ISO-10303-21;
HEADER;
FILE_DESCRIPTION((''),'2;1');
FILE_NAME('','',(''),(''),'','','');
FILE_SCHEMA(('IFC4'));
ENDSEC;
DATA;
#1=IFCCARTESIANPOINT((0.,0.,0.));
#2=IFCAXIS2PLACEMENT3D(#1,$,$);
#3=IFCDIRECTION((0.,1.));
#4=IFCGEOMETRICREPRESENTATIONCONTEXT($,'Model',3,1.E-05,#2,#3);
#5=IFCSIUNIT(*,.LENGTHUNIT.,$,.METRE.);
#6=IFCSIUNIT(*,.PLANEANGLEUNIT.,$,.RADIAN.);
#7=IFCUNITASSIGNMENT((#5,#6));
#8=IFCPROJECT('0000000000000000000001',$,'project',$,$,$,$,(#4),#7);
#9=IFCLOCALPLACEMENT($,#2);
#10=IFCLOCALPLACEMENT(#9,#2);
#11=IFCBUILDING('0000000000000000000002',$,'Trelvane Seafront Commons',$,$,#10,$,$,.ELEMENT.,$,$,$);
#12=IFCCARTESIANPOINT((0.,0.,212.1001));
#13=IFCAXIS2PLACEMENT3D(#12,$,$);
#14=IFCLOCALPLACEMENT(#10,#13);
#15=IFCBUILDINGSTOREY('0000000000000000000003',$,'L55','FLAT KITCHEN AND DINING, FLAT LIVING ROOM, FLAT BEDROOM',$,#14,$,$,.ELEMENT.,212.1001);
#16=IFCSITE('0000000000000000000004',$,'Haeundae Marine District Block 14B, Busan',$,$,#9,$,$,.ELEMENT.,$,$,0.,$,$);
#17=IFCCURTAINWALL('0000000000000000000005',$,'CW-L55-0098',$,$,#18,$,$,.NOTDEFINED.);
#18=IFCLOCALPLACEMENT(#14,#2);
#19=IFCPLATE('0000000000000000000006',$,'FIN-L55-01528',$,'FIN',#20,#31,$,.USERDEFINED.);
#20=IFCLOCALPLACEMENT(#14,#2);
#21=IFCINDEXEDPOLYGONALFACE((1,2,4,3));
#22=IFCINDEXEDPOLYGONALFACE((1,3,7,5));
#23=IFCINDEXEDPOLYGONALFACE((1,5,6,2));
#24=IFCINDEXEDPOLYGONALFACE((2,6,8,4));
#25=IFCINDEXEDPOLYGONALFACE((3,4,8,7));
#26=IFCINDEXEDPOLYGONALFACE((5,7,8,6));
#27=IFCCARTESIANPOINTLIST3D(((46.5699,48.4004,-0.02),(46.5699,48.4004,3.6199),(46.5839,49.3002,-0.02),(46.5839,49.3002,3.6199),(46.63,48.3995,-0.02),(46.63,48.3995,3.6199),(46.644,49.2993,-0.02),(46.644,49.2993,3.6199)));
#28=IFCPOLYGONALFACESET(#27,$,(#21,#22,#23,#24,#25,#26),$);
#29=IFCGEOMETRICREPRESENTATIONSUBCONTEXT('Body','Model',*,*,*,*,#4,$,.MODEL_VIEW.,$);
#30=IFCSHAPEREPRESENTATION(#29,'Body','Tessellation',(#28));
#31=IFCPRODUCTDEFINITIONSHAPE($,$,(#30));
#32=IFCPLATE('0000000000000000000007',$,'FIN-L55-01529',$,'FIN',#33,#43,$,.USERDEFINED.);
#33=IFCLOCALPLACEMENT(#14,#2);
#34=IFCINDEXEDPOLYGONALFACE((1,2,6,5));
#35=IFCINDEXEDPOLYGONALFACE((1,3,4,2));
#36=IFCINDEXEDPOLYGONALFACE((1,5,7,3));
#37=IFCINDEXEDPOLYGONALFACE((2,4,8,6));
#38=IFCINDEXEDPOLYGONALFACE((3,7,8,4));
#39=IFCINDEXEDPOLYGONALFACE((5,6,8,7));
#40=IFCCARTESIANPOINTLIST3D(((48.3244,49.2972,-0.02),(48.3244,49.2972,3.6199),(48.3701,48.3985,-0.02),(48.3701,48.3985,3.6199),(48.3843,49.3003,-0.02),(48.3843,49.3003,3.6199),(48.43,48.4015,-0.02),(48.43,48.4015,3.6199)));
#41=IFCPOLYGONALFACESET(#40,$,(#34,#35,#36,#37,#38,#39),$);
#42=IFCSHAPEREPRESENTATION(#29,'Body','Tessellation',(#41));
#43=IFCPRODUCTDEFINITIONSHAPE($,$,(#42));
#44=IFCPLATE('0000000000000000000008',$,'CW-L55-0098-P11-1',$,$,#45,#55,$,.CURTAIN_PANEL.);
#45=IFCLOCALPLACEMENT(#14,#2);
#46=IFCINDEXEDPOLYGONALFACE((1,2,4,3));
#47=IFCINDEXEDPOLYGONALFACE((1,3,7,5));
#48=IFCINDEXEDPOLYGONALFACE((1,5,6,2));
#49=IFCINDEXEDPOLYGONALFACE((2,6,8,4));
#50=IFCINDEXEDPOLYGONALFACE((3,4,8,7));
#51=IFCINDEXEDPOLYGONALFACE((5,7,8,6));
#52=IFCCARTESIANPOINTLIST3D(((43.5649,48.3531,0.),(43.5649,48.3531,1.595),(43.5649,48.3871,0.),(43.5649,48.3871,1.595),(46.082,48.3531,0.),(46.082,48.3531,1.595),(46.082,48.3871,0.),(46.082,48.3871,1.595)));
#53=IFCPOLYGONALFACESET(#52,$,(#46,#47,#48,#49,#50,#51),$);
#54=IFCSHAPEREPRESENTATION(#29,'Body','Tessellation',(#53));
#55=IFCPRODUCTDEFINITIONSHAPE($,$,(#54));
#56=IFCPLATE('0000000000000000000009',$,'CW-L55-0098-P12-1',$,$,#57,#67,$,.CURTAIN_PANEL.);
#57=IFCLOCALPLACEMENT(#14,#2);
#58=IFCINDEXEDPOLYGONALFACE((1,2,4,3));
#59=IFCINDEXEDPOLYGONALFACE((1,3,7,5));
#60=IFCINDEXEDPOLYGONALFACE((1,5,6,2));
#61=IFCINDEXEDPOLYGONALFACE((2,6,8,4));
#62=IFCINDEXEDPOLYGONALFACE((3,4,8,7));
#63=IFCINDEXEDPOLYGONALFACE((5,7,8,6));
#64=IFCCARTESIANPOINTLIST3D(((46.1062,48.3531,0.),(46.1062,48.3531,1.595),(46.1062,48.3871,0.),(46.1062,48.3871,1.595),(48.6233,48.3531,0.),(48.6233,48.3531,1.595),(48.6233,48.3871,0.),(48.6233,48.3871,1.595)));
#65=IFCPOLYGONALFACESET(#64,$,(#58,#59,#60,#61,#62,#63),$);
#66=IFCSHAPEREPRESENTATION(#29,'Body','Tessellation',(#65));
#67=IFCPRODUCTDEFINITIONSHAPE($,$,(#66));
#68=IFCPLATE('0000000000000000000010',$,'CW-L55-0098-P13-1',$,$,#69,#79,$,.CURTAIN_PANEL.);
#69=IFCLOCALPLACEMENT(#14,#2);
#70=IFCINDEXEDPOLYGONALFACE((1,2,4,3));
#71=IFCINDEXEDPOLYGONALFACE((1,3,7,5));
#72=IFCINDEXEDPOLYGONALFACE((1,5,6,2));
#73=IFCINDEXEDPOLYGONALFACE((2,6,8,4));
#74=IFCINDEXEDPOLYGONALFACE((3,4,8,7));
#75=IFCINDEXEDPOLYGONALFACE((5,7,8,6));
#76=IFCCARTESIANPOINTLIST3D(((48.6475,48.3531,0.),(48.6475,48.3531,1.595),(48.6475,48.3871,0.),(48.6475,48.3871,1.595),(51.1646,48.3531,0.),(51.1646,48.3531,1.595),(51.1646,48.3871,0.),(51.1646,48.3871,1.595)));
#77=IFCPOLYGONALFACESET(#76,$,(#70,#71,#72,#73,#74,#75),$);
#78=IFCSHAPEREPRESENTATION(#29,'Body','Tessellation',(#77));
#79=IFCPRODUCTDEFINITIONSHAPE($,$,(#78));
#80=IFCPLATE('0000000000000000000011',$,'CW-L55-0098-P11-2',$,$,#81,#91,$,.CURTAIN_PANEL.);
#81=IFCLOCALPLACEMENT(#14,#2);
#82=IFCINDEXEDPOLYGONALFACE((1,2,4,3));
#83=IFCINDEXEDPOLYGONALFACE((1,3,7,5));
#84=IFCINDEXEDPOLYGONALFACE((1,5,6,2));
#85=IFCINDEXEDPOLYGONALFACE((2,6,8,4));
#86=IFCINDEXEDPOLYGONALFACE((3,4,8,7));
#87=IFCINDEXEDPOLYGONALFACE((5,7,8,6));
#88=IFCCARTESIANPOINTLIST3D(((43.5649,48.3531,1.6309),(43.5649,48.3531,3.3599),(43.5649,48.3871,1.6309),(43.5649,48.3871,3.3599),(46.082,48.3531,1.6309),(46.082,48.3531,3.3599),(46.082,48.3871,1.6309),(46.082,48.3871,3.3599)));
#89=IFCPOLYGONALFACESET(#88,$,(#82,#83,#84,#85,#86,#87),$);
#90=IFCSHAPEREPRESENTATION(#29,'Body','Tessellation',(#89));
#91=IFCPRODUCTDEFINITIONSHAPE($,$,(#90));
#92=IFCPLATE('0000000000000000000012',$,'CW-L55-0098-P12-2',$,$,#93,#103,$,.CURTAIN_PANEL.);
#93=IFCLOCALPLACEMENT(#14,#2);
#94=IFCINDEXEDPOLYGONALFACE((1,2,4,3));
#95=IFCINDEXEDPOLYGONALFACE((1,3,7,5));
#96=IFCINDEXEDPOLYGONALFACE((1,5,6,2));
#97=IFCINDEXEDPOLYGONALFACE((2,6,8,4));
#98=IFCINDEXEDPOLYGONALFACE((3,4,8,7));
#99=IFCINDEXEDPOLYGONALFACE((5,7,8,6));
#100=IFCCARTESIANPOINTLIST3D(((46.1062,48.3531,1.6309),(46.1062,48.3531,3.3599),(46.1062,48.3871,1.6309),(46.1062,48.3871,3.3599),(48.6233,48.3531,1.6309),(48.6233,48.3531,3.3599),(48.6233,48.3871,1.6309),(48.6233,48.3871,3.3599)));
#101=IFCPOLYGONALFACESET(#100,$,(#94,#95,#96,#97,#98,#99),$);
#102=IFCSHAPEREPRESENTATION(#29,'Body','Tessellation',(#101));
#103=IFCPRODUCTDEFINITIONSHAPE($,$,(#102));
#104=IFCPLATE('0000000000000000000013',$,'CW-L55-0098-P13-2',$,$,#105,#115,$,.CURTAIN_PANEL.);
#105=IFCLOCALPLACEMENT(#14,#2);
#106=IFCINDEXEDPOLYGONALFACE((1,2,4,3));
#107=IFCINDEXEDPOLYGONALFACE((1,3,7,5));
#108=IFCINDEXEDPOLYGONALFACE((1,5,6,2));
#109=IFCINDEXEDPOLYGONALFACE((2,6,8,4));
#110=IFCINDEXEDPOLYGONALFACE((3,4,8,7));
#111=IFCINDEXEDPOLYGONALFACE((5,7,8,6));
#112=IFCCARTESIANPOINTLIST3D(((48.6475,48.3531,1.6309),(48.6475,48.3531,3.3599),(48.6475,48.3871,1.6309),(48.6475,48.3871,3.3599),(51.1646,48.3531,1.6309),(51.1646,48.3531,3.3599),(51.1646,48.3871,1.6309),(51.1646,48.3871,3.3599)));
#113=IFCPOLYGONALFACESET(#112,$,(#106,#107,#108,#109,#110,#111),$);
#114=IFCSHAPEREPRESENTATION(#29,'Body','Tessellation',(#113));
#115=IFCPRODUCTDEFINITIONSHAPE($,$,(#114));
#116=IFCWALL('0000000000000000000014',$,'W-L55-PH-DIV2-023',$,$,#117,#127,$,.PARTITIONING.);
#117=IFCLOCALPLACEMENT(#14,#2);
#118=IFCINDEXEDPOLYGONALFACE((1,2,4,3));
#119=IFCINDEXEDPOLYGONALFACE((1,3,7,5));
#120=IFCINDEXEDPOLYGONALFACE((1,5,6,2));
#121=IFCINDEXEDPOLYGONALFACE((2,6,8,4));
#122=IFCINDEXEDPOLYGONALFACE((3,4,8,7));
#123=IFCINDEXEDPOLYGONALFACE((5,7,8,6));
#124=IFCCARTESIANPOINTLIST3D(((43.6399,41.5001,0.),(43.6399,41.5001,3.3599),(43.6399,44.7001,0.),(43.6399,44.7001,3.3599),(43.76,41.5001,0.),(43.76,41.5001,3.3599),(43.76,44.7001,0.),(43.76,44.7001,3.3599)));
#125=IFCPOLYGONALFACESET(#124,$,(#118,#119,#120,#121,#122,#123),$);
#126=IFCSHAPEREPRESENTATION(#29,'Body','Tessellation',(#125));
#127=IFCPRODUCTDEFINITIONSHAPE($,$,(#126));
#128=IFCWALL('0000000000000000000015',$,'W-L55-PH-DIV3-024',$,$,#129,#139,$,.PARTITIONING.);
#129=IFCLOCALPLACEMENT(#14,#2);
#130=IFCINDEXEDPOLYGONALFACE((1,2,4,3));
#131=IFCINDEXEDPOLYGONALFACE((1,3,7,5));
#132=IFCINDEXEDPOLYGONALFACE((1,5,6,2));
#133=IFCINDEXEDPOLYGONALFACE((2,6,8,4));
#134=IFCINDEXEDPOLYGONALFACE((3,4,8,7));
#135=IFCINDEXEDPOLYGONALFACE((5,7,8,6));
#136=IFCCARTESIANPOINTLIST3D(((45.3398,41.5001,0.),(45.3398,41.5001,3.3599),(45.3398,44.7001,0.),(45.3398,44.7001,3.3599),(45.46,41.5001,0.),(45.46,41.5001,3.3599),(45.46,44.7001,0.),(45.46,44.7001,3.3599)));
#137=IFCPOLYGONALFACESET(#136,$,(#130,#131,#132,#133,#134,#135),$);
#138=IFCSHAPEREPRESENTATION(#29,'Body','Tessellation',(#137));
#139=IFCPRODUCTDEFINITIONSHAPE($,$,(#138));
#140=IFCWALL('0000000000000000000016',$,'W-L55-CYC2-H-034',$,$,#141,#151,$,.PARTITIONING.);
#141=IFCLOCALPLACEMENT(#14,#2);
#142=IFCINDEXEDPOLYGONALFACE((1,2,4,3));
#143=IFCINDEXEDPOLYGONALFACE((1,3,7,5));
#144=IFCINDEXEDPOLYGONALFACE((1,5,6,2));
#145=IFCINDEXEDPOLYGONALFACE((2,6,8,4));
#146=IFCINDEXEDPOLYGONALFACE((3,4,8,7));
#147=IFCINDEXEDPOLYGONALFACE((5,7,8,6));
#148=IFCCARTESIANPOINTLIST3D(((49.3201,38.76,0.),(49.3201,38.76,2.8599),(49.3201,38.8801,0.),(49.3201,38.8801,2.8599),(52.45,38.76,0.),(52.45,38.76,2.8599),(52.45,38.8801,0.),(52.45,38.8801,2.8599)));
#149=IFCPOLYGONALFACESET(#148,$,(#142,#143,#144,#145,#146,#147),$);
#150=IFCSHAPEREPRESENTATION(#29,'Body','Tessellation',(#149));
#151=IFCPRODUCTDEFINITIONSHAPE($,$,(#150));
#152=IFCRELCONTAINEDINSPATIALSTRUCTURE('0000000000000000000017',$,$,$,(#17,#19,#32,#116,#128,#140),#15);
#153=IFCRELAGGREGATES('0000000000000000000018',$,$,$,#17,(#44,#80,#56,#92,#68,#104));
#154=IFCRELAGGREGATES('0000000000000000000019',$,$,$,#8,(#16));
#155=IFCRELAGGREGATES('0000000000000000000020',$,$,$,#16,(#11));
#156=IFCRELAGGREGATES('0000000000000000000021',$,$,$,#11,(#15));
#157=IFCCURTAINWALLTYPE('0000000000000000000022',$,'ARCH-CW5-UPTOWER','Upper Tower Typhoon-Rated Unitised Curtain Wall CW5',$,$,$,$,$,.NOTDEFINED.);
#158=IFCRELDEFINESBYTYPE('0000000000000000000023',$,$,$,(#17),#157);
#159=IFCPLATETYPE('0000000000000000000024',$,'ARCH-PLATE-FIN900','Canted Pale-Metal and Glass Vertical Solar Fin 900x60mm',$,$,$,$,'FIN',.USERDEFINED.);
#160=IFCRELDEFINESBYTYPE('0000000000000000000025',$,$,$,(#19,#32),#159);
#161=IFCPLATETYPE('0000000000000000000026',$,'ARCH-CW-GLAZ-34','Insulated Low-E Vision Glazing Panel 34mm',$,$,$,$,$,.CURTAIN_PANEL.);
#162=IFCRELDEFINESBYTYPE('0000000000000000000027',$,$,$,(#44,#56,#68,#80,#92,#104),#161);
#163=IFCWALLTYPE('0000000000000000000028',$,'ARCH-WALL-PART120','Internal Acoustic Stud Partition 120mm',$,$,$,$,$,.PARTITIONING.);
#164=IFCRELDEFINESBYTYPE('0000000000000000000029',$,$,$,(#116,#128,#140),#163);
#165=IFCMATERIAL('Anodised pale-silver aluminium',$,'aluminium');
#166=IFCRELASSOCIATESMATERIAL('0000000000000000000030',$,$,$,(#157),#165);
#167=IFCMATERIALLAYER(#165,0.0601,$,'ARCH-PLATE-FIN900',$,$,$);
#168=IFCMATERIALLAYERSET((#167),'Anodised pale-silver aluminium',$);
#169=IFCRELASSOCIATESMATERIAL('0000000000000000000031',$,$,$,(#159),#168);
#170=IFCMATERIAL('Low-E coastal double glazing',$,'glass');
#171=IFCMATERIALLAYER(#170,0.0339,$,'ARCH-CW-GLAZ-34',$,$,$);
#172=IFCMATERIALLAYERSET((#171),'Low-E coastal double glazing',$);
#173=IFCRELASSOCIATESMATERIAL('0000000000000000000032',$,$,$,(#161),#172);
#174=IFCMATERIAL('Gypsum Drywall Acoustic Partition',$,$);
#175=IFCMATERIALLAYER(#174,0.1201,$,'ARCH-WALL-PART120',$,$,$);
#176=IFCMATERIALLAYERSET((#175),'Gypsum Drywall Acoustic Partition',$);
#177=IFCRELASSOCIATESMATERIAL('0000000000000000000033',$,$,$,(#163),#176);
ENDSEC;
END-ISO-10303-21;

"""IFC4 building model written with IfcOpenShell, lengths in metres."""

from ifc_helpers import new_model, si_unit, direction, frame, frame_2d, origin, origin_2d, place, context, subcontext, project, spatial, rectangle, extrude, source, transform, mapped, material, layer, layer_set, type_object, element, aggregate, save


model = new_model("IFC4")

# Units and contexts
model_context = context("Model", 3, precision=1e-05, world=origin(), true_north=direction((0.0, 1.0)))
body_context = subcontext(model_context, "Body", "Model", "MODEL_VIEW")
ifc_project = project(units=[si_unit("LENGTHUNIT", "METRE"), si_unit("PLANEANGLEUNIT", "RADIAN")], contexts=[model_context])

# Site, building, storey
site_placement = place(None, origin())
site = spatial("IfcSite", under=ifc_project, at=site_placement, Name="Haeundae Marine District Block 14B, Busan", CompositionType="ELEMENT", RefElevation=0.0)
building_placement = place(site_placement, origin())
building = spatial("IfcBuilding", under=site, at=building_placement, Name="Trelvane Seafront Commons", CompositionType="ELEMENT")
storey_placement = place(building_placement, frame((0.0, 0.0, 212.1001)))
storey = spatial("IfcBuildingStorey", under=building, at=storey_placement, Name="L55", Description="FLAT KITCHEN AND DINING, FLAT LIVING ROOM, FLAT BEDROOM", CompositionType="ELEMENT", Elevation=212.1001)

# Curtain wall
ifc_material_1 = material(Name="Anodised pale-silver aluminium", Category="aluminium")
curtain_wall_type = type_object("IfcCurtainWallType", Name="ARCH-CW5-UPTOWER", Description="Upper Tower Typhoon-Rated Unitised Curtain Wall CW5", PredefinedType="NOTDEFINED", material=ifc_material_1)
curtain_wall_placement = place(storey_placement, origin())
curtain_wall = element("IfcCurtainWall", 1, at=curtain_wall_placement, inside=storey, type_object=curtain_wall_type, Name="CW-L55-0098", PredefinedType="NOTDEFINED")

# Plates
ifc_layer_1 = layer(ifc_material_1, 0.0601, Name="ARCH-PLATE-FIN900")
ifc_layer_set_1 = layer_set([ifc_layer_1], Name="Anodised pale-silver aluminium")
plate_type_1 = type_object("IfcPlateType", Name="ARCH-PLATE-FIN900", Description="Canted Pale-Metal and Glass Vertical Solar Fin 900x60mm", ElementType="FIN", PredefinedType="USERDEFINED", material=ifc_layer_set_1)
shared_shape_1 = source(origin(), body_context, "Body", "SweptSolid", [
    extrude(rectangle(XDim=0.8999, YDim=0.0601, at=origin_2d()), origin(), (0.0, 0.0, 1.0), 3.6399),
])
for number, where, z_axis, x_axis, name in (
    (2, (46.6069, 48.8499, -0.02), (0.0, 0.0, 1.0), (0.015555, 0.999879, 0.0), "FIN-L55-01528"),
    (3, (48.3772, 48.8494, -0.02), (0.0, 0.0, 1.0), (-0.050779, 0.99871, 0.0), "FIN-L55-01529"),
):
    element("IfcPlate", number, at=place(storey_placement, frame(where, z_axis=z_axis, x_axis=x_axis)), inside=storey, type_object=plate_type_1, Name=name, ObjectType="FIN", PredefinedType="USERDEFINED", context=body_context, shape_type="MappedRepresentation", body=[
        mapped(shared_shape_1, transform((0.0, 0.0, 0.0), x_axis=(1.0, 0.0, 0.0), y_axis=(0.0, 1.0, 0.0), z_axis=(0.0, 0.0, 1.0), scale=1.0)),
    ])

# Plates
ifc_material_2 = material(Name="Low-E coastal double glazing", Category="glass")
ifc_layer_2 = layer(ifc_material_2, 0.0339, Name="ARCH-CW-GLAZ-34")
ifc_layer_set_2 = layer_set([ifc_layer_2], Name="Low-E coastal double glazing")
plate_type_2 = type_object("IfcPlateType", Name="ARCH-CW-GLAZ-34", Description="Insulated Low-E Vision Glazing Panel 34mm", PredefinedType="CURTAIN_PANEL", material=ifc_layer_set_2)
shared_shape_2 = source(origin(), body_context, "Body", "SweptSolid", [
    extrude(rectangle(XDim=2.5171, YDim=0.0339, at=origin_2d()), origin(), (0.0, 0.0, 1.0), 1.595),
])
plate_1_placement = place(storey_placement, frame((44.8235, 48.3701, 0.0), z_axis=(0.0, 0.0, 1.0), x_axis=(1.0, 0.0, 0.0)))
plate_1 = element("IfcPlate", 4, at=plate_1_placement, type_object=plate_type_2, Name="CW-L55-0098-P11-1", PredefinedType="CURTAIN_PANEL", context=body_context, shape_type="MappedRepresentation", body=[
    mapped(shared_shape_2, transform((0.0, 0.0, 0.0), x_axis=(1.0, 0.0, 0.0), y_axis=(0.0, 1.0, 0.0), z_axis=(0.0, 0.0, 1.0), scale=1.0)),
])
plate_2_placement = place(storey_placement, frame((47.3647, 48.3701, 0.0), z_axis=(0.0, 0.0, 1.0), x_axis=(1.0, 0.0, 0.0)))
plate_2 = element("IfcPlate", 5, at=plate_2_placement, type_object=plate_type_2, Name="CW-L55-0098-P12-1", PredefinedType="CURTAIN_PANEL", context=body_context, shape_type="MappedRepresentation", body=[
    mapped(shared_shape_2, transform((0.0, 0.0, 0.0), x_axis=(1.0, 0.0, 0.0), y_axis=(0.0, 1.0, 0.0), z_axis=(0.0, 0.0, 1.0), scale=1.0)),
])
plate_3_placement = place(storey_placement, frame((49.906, 48.3701, 0.0), z_axis=(0.0, 0.0, 1.0), x_axis=(1.0, 0.0, 0.0)))
plate_3 = element("IfcPlate", 6, at=plate_3_placement, type_object=plate_type_2, Name="CW-L55-0098-P13-1", PredefinedType="CURTAIN_PANEL", context=body_context, shape_type="MappedRepresentation", body=[
    mapped(shared_shape_2, transform((0.0, 0.0, 0.0), x_axis=(1.0, 0.0, 0.0), y_axis=(0.0, 1.0, 0.0), z_axis=(0.0, 0.0, 1.0), scale=1.0)),
])
shared_shape_3 = source(origin(), body_context, "Body", "SweptSolid", [
    extrude(rectangle(XDim=2.5171, YDim=0.0339, at=origin_2d()), origin(), (0.0, 0.0, 1.0), 1.729),
])
plate_4_placement = place(storey_placement, frame((44.8235, 48.3701, 1.6309), z_axis=(0.0, 0.0, 1.0), x_axis=(1.0, 0.0, 0.0)))
plate_4 = element("IfcPlate", 7, at=plate_4_placement, type_object=plate_type_2, Name="CW-L55-0098-P11-2", PredefinedType="CURTAIN_PANEL", context=body_context, shape_type="MappedRepresentation", body=[
    mapped(shared_shape_3, transform((0.0, 0.0, 0.0), x_axis=(1.0, 0.0, 0.0), y_axis=(0.0, 1.0, 0.0), z_axis=(0.0, 0.0, 1.0), scale=1.0)),
])
plate_5_placement = place(storey_placement, frame((47.3647, 48.3701, 1.6309), z_axis=(0.0, 0.0, 1.0), x_axis=(1.0, 0.0, 0.0)))
plate_5 = element("IfcPlate", 8, at=plate_5_placement, type_object=plate_type_2, Name="CW-L55-0098-P12-2", PredefinedType="CURTAIN_PANEL", context=body_context, shape_type="MappedRepresentation", body=[
    mapped(shared_shape_3, transform((0.0, 0.0, 0.0), x_axis=(1.0, 0.0, 0.0), y_axis=(0.0, 1.0, 0.0), z_axis=(0.0, 0.0, 1.0), scale=1.0)),
])
plate_6_placement = place(storey_placement, frame((49.906, 48.3701, 1.6309), z_axis=(0.0, 0.0, 1.0), x_axis=(1.0, 0.0, 0.0)))
plate_6 = element("IfcPlate", 9, at=plate_6_placement, type_object=plate_type_2, Name="CW-L55-0098-P13-2", PredefinedType="CURTAIN_PANEL", context=body_context, shape_type="MappedRepresentation", body=[
    mapped(shared_shape_3, transform((0.0, 0.0, 0.0), x_axis=(1.0, 0.0, 0.0), y_axis=(0.0, 1.0, 0.0), z_axis=(0.0, 0.0, 1.0), scale=1.0)),
])
aggregate(curtain_wall, [plate_1, plate_4, plate_2, plate_5, plate_3, plate_6])

# Walls
ifc_material_3 = material(Name="Gypsum Drywall Acoustic Partition")
ifc_layer_3 = layer(ifc_material_3, 0.1201, Name="ARCH-WALL-PART120")
ifc_layer_set_3 = layer_set([ifc_layer_3], Name="Gypsum Drywall Acoustic Partition")
wall_type_1 = type_object("IfcWallType", Name="ARCH-WALL-PART120", Description="Internal Acoustic Stud Partition 120mm", PredefinedType="PARTITIONING", material=ifc_layer_set_3)
for number, where, z_axis, x_axis, name in (
    (10, (43.7, 41.5, 0.0), (0.0, 0.0, 1.0), (0.0, 1.0, 0.0), "W-L55-PH-DIV2-023"),
    (11, (45.3999, 41.5, 0.0), (0.0, 0.0, 1.0), (0.0, 1.0, 0.0), "W-L55-PH-DIV3-024"),
):
    element("IfcWall", number, at=place(storey_placement, frame(where, z_axis=z_axis, x_axis=x_axis)), inside=storey, type_object=wall_type_1, Name=name, PredefinedType="PARTITIONING", context=body_context, shape_type="SweptSolid", body=[
        extrude(rectangle(XDim=3.2, YDim=0.1201, at=frame_2d((1.6001, 0.0))), origin(), (0.0, 0.0, 1.0), 3.3599),
    ])
wall_1_placement = place(storey_placement, frame((49.3201, 38.8201, 0.0), z_axis=(0.0, 0.0, 1.0), x_axis=(1.0, 0.0, 0.0)))
element("IfcWall", 12, at=wall_1_placement, inside=storey, type_object=wall_type_1, Name="W-L55-CYC2-H-034", PredefinedType="PARTITIONING", context=body_context, shape_type="SweptSolid", body=[
    extrude(rectangle(XDim=3.1299, YDim=0.1201, at=frame_2d((1.5649, 0.0))), origin(), (0.0, 0.0, 1.0), 2.8599),
])

save(model, "model.ifc")
